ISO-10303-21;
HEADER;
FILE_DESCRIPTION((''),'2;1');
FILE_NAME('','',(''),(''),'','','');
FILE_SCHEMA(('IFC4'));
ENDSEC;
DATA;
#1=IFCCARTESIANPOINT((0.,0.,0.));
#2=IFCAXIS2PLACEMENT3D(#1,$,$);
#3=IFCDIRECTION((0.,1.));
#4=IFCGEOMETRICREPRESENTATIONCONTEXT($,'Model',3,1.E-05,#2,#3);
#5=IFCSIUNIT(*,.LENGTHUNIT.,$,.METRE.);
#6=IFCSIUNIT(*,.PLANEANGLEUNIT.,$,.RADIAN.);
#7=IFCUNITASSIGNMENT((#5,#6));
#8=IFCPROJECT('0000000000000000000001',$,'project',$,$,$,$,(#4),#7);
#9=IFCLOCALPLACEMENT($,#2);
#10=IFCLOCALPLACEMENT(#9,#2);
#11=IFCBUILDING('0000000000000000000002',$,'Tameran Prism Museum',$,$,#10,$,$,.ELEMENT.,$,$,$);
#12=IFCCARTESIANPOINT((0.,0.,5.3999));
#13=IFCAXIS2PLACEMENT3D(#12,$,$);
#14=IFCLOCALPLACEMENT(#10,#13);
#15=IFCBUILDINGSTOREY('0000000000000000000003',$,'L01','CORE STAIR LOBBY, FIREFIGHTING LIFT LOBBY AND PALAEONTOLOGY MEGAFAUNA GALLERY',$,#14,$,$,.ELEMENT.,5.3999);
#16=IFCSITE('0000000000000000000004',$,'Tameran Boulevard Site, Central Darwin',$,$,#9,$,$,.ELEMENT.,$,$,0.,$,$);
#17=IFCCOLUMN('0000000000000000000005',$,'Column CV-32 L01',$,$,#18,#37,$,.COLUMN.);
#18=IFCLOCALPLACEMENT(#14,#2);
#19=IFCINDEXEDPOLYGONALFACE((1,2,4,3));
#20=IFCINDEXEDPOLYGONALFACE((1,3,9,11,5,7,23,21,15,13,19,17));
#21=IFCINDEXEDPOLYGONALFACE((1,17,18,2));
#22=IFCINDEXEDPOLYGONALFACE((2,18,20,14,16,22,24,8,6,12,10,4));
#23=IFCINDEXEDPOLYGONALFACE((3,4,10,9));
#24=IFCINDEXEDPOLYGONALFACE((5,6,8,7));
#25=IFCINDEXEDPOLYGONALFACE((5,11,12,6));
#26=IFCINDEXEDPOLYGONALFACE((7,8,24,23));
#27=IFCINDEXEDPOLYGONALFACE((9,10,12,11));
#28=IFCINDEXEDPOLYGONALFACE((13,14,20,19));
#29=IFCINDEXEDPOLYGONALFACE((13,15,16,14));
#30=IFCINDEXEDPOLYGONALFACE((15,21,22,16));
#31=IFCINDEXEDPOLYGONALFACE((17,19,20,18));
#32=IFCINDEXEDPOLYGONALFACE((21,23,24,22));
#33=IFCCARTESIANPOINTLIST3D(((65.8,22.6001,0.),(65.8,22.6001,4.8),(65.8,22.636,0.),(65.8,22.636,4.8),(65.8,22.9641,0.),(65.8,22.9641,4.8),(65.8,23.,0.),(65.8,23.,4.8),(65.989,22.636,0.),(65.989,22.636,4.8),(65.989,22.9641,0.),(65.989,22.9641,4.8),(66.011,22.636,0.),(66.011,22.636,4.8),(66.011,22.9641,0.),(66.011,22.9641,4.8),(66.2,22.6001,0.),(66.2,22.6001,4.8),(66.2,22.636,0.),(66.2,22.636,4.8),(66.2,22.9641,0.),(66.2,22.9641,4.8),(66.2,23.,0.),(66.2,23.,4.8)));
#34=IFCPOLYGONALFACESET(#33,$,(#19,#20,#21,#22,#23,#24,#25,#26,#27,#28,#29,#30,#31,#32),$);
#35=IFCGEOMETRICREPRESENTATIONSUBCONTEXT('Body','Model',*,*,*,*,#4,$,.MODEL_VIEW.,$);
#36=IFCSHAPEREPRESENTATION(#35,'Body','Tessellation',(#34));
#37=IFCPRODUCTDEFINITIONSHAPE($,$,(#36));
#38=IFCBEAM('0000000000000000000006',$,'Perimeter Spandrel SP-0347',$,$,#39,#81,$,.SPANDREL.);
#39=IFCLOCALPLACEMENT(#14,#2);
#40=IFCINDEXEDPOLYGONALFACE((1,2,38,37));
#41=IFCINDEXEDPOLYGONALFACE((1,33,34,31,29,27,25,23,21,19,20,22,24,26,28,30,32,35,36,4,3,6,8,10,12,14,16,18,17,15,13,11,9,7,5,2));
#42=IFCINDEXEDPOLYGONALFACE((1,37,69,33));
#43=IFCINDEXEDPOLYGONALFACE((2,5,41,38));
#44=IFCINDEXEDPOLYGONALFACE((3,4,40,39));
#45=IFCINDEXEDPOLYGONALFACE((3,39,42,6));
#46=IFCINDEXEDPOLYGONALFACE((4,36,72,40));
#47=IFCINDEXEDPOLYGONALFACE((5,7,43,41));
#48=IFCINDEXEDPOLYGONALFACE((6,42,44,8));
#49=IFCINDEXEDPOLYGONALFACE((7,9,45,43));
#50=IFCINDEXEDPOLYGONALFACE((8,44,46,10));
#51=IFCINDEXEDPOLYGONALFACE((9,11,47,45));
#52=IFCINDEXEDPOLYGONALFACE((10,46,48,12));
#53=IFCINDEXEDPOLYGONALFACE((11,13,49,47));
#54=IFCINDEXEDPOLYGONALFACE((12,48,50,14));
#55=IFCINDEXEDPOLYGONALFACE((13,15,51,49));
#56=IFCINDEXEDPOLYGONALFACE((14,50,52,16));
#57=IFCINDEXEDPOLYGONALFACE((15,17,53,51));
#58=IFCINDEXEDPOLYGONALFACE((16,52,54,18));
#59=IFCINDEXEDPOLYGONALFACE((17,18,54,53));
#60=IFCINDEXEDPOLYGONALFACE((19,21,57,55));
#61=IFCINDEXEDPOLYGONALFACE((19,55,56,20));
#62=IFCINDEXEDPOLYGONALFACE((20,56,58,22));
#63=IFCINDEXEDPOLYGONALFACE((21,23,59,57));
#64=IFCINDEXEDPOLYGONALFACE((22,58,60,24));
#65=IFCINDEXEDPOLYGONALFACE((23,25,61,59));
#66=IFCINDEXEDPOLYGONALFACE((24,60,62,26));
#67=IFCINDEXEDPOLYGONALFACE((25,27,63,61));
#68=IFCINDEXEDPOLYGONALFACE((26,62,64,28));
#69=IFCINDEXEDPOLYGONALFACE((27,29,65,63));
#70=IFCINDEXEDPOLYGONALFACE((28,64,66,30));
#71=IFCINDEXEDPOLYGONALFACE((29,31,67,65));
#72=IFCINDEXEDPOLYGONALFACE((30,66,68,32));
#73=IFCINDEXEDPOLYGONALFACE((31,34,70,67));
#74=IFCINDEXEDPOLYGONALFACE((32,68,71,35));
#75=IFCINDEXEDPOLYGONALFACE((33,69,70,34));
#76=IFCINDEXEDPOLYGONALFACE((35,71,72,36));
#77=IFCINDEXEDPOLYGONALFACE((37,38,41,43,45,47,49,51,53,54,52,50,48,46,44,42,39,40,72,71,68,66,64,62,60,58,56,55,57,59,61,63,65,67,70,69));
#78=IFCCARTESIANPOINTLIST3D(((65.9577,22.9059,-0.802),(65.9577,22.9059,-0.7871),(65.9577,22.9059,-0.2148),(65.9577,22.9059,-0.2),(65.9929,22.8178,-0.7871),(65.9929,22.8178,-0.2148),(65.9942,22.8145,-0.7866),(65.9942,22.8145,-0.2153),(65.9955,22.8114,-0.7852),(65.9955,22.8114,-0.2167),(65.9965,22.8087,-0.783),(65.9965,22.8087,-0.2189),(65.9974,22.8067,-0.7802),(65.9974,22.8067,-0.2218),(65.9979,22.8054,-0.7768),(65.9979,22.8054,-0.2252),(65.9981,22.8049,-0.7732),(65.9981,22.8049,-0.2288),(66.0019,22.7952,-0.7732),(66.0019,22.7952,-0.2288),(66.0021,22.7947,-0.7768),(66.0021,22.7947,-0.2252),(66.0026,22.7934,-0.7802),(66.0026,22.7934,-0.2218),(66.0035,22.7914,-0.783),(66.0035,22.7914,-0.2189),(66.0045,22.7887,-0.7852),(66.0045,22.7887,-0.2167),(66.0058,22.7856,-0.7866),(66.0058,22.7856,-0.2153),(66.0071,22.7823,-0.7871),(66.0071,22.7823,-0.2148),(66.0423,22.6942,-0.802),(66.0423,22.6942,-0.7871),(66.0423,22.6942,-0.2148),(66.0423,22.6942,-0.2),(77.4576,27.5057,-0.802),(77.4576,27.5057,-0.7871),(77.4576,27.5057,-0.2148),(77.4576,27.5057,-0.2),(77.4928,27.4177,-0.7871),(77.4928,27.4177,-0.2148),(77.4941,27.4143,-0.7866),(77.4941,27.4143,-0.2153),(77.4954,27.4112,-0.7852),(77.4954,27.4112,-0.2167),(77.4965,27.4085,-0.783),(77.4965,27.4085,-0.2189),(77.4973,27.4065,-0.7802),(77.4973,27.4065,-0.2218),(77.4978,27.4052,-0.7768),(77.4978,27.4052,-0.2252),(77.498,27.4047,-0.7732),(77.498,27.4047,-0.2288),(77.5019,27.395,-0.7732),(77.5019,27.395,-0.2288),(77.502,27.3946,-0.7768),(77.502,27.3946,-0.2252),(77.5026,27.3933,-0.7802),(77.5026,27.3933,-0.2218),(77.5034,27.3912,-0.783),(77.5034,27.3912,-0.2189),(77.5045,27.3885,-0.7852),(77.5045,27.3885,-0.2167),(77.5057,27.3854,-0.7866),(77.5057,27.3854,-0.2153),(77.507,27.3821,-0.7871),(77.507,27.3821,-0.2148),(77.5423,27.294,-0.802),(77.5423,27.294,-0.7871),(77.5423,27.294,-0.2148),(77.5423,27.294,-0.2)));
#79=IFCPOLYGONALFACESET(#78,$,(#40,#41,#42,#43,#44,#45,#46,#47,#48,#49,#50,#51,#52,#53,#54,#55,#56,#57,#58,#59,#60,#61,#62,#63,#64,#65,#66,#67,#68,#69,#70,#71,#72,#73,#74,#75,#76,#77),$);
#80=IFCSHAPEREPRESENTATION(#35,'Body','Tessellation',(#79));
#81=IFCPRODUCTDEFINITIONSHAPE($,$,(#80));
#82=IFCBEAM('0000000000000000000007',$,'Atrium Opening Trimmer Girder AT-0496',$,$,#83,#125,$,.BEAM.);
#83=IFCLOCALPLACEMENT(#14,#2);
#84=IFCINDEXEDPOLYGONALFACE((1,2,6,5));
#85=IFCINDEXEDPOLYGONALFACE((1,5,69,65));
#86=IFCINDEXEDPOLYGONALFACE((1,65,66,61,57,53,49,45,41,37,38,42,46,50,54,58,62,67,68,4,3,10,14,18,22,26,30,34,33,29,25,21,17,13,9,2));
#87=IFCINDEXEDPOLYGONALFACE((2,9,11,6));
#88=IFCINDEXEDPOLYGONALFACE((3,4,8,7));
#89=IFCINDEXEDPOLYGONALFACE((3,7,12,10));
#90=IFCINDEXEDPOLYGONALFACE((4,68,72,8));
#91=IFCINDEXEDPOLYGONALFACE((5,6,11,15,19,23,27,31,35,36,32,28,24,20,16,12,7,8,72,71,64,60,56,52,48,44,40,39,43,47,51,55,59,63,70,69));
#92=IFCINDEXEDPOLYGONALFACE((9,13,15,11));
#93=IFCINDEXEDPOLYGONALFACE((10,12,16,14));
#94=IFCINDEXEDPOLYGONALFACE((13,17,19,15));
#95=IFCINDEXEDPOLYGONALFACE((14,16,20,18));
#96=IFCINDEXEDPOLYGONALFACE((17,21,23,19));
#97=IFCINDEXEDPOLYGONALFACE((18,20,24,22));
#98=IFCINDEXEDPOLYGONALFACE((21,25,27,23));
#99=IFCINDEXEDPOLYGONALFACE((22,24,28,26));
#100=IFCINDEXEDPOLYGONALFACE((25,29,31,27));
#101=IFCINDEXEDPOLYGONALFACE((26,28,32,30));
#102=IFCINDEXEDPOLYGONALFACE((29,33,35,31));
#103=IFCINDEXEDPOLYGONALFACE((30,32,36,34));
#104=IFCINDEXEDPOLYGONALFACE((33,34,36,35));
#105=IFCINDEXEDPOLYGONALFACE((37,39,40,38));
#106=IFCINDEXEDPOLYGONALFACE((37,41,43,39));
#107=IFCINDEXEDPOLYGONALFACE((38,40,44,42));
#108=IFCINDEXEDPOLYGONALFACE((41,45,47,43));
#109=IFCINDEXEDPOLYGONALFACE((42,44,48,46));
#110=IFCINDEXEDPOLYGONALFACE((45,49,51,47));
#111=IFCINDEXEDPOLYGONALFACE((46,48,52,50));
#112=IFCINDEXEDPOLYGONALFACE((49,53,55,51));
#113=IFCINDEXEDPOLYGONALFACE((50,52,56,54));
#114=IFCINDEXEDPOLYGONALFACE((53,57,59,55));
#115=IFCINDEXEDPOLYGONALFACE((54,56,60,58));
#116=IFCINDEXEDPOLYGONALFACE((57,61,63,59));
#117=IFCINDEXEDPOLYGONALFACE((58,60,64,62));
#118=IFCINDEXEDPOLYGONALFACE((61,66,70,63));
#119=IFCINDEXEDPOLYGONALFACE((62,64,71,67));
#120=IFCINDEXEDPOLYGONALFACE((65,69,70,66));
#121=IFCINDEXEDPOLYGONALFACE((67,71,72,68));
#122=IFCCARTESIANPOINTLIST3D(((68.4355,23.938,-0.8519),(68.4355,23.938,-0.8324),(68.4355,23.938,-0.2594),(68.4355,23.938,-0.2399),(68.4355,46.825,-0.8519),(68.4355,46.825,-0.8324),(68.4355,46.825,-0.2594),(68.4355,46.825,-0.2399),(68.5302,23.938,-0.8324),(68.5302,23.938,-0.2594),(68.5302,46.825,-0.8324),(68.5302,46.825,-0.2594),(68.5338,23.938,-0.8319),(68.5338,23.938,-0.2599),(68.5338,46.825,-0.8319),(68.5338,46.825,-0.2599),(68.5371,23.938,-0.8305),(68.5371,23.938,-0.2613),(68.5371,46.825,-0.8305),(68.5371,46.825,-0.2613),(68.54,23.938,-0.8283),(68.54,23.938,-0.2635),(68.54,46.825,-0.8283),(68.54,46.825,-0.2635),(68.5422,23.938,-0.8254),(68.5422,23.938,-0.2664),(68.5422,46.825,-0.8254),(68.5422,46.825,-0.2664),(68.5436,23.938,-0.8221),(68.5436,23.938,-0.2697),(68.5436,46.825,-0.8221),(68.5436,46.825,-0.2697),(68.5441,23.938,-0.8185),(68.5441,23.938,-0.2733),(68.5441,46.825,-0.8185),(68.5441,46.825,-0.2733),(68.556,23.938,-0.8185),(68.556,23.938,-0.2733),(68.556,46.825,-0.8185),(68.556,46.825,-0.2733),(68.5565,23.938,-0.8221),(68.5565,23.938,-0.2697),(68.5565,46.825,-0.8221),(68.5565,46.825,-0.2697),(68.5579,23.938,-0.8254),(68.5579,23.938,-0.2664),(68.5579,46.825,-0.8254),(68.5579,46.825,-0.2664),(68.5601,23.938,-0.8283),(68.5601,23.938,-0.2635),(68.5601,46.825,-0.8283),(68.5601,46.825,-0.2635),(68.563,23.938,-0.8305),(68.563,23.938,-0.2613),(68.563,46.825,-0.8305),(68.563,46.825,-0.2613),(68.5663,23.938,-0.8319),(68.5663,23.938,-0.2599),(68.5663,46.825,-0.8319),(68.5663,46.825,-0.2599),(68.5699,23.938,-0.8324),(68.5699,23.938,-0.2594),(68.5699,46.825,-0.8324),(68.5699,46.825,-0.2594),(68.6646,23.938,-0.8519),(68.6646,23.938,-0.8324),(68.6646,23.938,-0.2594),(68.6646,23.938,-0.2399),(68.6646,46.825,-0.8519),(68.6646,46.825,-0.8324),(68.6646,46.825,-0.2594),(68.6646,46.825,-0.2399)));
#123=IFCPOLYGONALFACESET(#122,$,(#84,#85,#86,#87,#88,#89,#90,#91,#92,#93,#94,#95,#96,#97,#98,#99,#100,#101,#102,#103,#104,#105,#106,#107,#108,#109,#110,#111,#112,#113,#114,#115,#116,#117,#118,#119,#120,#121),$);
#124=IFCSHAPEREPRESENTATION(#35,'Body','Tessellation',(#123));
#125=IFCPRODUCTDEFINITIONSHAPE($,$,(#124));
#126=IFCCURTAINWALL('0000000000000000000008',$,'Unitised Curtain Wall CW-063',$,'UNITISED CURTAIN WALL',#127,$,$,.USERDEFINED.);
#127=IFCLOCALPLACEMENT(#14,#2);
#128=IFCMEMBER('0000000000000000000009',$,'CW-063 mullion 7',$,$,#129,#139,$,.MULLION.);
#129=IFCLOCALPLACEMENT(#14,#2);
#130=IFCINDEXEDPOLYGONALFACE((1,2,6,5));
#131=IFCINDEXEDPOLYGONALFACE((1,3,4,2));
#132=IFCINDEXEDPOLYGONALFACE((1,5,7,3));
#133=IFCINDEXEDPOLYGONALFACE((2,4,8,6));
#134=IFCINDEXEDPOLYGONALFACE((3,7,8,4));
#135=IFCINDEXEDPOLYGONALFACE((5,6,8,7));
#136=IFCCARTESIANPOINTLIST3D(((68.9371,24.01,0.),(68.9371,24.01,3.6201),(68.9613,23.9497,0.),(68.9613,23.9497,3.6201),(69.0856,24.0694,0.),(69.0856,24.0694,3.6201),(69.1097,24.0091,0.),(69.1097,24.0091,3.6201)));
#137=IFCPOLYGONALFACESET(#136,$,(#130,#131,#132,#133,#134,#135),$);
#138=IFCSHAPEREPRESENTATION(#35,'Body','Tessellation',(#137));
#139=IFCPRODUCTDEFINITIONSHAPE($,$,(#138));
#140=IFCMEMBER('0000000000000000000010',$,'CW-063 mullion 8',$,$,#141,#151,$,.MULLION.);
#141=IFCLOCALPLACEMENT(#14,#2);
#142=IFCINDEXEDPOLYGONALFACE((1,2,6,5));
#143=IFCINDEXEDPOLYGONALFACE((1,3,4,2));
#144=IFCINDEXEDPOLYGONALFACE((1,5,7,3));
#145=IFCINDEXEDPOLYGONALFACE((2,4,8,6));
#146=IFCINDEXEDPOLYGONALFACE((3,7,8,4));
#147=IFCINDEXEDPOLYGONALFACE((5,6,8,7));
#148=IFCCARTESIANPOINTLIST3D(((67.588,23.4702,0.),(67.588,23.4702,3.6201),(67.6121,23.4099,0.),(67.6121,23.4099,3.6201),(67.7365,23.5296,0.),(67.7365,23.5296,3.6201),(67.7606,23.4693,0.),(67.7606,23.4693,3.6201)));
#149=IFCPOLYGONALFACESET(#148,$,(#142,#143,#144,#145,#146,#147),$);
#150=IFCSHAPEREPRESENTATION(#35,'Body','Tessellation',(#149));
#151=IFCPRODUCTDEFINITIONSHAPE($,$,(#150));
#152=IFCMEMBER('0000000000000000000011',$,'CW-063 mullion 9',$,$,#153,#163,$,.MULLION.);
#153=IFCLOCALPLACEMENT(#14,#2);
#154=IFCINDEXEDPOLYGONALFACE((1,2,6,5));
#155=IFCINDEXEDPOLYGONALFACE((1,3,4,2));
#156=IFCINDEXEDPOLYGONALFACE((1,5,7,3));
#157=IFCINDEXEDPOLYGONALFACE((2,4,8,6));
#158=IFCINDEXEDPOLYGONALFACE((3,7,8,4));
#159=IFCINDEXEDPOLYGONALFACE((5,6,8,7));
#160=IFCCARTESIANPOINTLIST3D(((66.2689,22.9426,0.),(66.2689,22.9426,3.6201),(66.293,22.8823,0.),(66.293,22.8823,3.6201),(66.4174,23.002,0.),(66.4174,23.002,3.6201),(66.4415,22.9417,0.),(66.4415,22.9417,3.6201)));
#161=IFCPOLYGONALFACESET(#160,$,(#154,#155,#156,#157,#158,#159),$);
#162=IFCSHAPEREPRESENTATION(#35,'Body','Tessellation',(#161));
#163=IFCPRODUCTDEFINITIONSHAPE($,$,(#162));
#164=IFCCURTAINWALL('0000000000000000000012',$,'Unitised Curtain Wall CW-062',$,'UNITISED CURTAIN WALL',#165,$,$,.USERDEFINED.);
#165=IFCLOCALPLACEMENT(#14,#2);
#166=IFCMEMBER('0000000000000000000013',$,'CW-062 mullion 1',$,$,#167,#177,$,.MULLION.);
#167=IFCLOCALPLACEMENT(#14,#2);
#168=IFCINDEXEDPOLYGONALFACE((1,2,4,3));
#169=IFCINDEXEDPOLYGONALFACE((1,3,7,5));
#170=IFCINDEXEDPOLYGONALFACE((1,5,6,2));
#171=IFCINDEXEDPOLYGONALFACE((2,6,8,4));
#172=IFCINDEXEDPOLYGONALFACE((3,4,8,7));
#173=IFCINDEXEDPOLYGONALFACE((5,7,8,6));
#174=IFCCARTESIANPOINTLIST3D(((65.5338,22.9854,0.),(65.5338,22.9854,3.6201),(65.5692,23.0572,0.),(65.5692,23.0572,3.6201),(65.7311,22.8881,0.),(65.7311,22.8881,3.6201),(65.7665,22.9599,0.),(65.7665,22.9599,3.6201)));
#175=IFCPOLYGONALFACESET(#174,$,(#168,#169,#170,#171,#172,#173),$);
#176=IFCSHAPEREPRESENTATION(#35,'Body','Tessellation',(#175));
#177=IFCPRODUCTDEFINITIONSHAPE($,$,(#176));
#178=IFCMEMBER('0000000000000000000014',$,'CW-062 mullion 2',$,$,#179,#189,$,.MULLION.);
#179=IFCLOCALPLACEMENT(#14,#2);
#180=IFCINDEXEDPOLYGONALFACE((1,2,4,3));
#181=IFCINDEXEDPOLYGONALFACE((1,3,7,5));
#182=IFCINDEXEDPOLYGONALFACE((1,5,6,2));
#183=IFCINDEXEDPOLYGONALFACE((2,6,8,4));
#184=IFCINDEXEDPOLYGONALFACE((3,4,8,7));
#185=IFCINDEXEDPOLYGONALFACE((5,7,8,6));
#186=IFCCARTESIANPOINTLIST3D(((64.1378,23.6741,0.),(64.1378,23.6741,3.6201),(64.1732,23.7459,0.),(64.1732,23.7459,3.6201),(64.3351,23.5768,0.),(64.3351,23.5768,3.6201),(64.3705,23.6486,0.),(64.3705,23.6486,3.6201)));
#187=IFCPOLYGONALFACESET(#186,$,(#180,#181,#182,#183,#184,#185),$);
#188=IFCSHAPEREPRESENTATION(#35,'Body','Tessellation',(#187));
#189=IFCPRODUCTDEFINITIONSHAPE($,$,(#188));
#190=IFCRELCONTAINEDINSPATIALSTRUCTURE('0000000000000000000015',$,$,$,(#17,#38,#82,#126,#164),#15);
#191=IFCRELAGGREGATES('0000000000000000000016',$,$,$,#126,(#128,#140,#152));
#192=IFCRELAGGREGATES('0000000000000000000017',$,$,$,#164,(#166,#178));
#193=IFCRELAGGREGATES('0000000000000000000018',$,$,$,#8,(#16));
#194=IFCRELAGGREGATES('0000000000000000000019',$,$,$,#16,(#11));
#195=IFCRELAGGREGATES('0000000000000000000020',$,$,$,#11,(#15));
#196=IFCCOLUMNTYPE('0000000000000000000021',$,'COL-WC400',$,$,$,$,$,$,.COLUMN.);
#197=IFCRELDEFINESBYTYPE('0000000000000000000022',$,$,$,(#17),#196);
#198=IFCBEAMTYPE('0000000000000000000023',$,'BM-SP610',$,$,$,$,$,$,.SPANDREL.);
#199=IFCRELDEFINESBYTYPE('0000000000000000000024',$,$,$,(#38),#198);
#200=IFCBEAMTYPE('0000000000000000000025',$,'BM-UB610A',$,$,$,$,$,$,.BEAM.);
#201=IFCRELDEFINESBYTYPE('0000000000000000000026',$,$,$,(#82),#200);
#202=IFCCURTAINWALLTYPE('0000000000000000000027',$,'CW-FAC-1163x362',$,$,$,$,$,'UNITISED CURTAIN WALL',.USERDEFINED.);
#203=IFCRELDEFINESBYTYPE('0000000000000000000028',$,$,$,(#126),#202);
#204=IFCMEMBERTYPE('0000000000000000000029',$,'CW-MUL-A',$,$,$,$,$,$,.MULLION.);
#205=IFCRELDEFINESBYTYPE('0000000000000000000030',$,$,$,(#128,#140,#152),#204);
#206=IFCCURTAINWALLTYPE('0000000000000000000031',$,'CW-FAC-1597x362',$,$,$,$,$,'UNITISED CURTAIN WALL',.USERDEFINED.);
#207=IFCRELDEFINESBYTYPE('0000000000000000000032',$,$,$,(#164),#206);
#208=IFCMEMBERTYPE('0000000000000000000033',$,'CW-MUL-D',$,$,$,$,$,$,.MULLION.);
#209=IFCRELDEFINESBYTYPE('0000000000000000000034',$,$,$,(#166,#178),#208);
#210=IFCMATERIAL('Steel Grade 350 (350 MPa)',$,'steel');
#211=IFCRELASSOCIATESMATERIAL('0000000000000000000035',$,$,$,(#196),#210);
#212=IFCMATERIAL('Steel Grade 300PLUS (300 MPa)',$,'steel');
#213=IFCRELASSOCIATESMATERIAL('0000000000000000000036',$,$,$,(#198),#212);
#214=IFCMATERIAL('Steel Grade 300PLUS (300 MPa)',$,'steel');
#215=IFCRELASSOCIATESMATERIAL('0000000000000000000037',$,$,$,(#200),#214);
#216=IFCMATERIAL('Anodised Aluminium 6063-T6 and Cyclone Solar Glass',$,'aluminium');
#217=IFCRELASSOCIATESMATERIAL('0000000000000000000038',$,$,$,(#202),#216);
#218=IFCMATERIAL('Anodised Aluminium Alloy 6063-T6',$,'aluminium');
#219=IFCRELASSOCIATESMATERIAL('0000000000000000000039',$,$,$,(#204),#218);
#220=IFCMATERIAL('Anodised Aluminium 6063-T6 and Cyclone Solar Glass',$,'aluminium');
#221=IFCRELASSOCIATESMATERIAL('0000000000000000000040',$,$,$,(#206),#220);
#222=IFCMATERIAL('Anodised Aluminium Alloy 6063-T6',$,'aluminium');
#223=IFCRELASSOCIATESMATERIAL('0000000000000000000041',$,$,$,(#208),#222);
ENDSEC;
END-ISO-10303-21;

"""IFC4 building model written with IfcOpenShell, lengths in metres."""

from ifc_helpers import new_model, si_unit, direction, frame, origin, origin_2d, place, context, subcontext, project, spatial, rectangle, i_section, extrude, material, material_profile, profile_set, type_object, element, aggregate, save


model = new_model("IFC4")

# Units and contexts
model_context = context("Model", 3, precision=1e-05, world=origin(), true_north=direction((0.0, 1.0)))
body_context = subcontext(model_context, "Body", "Model", "MODEL_VIEW")
ifc_project = project(units=[si_unit("LENGTHUNIT", "METRE"), si_unit("PLANEANGLEUNIT", "RADIAN")], contexts=[model_context])

# Site, building, storey
site_placement = place(None, origin())
site = spatial("IfcSite", under=ifc_project, at=site_placement, Name="Tameran Boulevard Site, Central Darwin", CompositionType="ELEMENT", RefElevation=0.0)
building_placement = place(site_placement, origin())
building = spatial("IfcBuilding", under=site, at=building_placement, Name="Tameran Prism Museum", CompositionType="ELEMENT")
storey_placement = place(building_placement, frame((0.0, 0.0, 5.3999)))
storey = spatial("IfcBuildingStorey", under=building, at=storey_placement, Name="L01", Description="CORE STAIR LOBBY, FIREFIGHTING LIFT LOBBY AND PALAEONTOLOGY MEGAFAUNA GALLERY", CompositionType="ELEMENT", Elevation=5.3999)

# Column
ifc_material_1 = material(Name="Steel Grade 350 (350 MPa)", Category="steel")
ifc_material_profile_1 = material_profile(ifc_material_1, i_section(OverallWidth=0.3999, OverallDepth=0.3999, WebThickness=0.022, FlangeThickness=0.0359, at=origin_2d()))
ifc_profile_set_1 = profile_set([ifc_material_profile_1])
column_type = type_object("IfcColumnType", Name="COL-WC400", PredefinedType="COLUMN", material=ifc_profile_set_1)
column_placement = place(storey_placement, frame((66.0, 22.8, 0.0), z_axis=(0.0, 0.0, 1.0), x_axis=(1.0, 0.0, 0.0)))
element("IfcColumn", 1, at=column_placement, inside=storey, type_object=column_type, Name="Column CV-32 L01", PredefinedType="COLUMN", context=body_context, shape_type="SweptSolid", body=[
    extrude(i_section(OverallWidth=0.3999, OverallDepth=0.3999, WebThickness=0.022, FlangeThickness=0.0359, at=origin_2d()), origin(), (0.0, 0.0, 1.0), 4.8),
])

# Beams
ifc_material_2 = material(Name="Steel Grade 300PLUS (300 MPa)", Category="steel")
ifc_material_profile_2 = material_profile(ifc_material_2, i_section(OverallWidth=0.228, OverallDepth=0.6021, WebThickness=0.0105, FlangeThickness=0.0149, FilletRadius=0.0139, at=origin_2d()))
ifc_profile_set_2 = profile_set([ifc_material_profile_2])
beam_type_1 = type_object("IfcBeamType", Name="BM-SP610", PredefinedType="SPANDREL", material=ifc_profile_set_2)
beam_1_placement = place(storey_placement, frame((66.0, 22.8, -0.501), z_axis=(0.928481, 0.37138, 0.0), x_axis=(-0.37138, 0.928481, 0.0)))
element("IfcBeam", 2, at=beam_1_placement, inside=storey, type_object=beam_type_1, Name="Perimeter Spandrel SP-0347", PredefinedType="SPANDREL", context=body_context, shape_type="SweptSolid", body=[
    extrude(i_section(OverallWidth=0.228, OverallDepth=0.6021, WebThickness=0.0105, FlangeThickness=0.0149, FilletRadius=0.0139, at=origin_2d()), origin(), (0.0, 0.0, 1.0), 12.3857),
])
ifc_material_3 = material(Name="Steel Grade 300PLUS (300 MPa)", Category="steel")
ifc_material_profile_3 = material_profile(ifc_material_3, i_section(OverallWidth=0.229, OverallDepth=0.6121, WebThickness=0.012, FlangeThickness=0.0195, FilletRadius=0.0139, at=origin_2d()))
ifc_profile_set_3 = profile_set([ifc_material_profile_3])
beam_type_2 = type_object("IfcBeamType", Name="BM-UB610A", PredefinedType="BEAM", material=ifc_profile_set_3)
beam_2_placement = place(storey_placement, frame((68.55, 23.938, -0.5459), z_axis=(0.0, 1.0, 0.0), x_axis=(-1.0, 0.0, 0.0)))
element("IfcBeam", 3, at=beam_2_placement, inside=storey, type_object=beam_type_2, Name="Atrium Opening Trimmer Girder AT-0496", PredefinedType="BEAM", context=body_context, shape_type="SweptSolid", body=[
    extrude(i_section(OverallWidth=0.229, OverallDepth=0.6121, WebThickness=0.012, FlangeThickness=0.0195, FilletRadius=0.0139, at=origin_2d()), origin(), (0.0, 0.0, 1.0), 22.887),
])

# Curtain walls, members
ifc_material_4 = material(Name="Anodised Aluminium 6063-T6 and Cyclone Solar Glass", Category="aluminium")
curtain_wall_type_1 = type_object("IfcCurtainWallType", Name="CW-FAC-1163x362", ElementType="UNITISED CURTAIN WALL", PredefinedType="USERDEFINED", material=ifc_material_4)
curtain_wall_1_placement = place(storey_placement, origin())
curtain_wall_1 = element("IfcCurtainWall", 4, at=curtain_wall_1_placement, inside=storey, type_object=curtain_wall_type_1, Name="Unitised Curtain Wall CW-063", ObjectType="UNITISED CURTAIN WALL", PredefinedType="USERDEFINED")
ifc_material_5 = material(Name="Anodised Aluminium Alloy 6063-T6", Category="aluminium")
ifc_material_profile_4 = material_profile(ifc_material_5, rectangle(XDim=0.0649, YDim=0.1599, at=origin_2d()))
ifc_profile_set_4 = profile_set([ifc_material_profile_4])
member_type_1 = type_object("IfcMemberType", Name="CW-MUL-A", PredefinedType="MULLION", material=ifc_profile_set_4)
member_1_placement = place(storey_placement, frame((69.0234, 24.0095, 0.0), z_axis=(0.0, 0.0, 1.0), x_axis=(0.37142, -0.928465, 0.0)))
member_1 = element("IfcMember", 5, at=member_1_placement, type_object=member_type_1, Name="CW-063 mullion 7", PredefinedType="MULLION", context=body_context, shape_type="SweptSolid", body=[
    extrude(rectangle(XDim=0.0649, YDim=0.1599, at=origin_2d()), origin(), (0.0, 0.0, 1.0), 3.6201),
])
member_2_placement = place(storey_placement, frame((67.6743, 23.4697, 0.0), z_axis=(0.0, 0.0, 1.0), x_axis=(0.37142, -0.928465, 0.0)))
member_2 = element("IfcMember", 6, at=member_2_placement, type_object=member_type_1, Name="CW-063 mullion 8", PredefinedType="MULLION", context=body_context, shape_type="SweptSolid", body=[
    extrude(rectangle(XDim=0.0649, YDim=0.1599, at=origin_2d()), origin(), (0.0, 0.0, 1.0), 3.6201),
])
member_3_placement = place(storey_placement, frame((66.3552, 22.9421, 0.0), z_axis=(0.0, 0.0, 1.0), x_axis=(0.37142, -0.928465, 0.0)))
member_3 = element("IfcMember", 7, at=member_3_placement, type_object=member_type_1, Name="CW-063 mullion 9", PredefinedType="MULLION", context=body_context, shape_type="SweptSolid", body=[
    extrude(rectangle(XDim=0.0649, YDim=0.1599, at=origin_2d()), origin(), (0.0, 0.0, 1.0), 3.6201),
])
ifc_material_6 = material(Name="Anodised Aluminium 6063-T6 and Cyclone Solar Glass", Category="aluminium")
curtain_wall_type_2 = type_object("IfcCurtainWallType", Name="CW-FAC-1597x362", ElementType="UNITISED CURTAIN WALL", PredefinedType="USERDEFINED", material=ifc_material_6)
curtain_wall_2_placement = place(storey_placement, origin())
curtain_wall_2 = element("IfcCurtainWall", 8, at=curtain_wall_2_placement, inside=storey, type_object=curtain_wall_type_2, Name="Unitised Curtain Wall CW-062", ObjectType="UNITISED CURTAIN WALL", PredefinedType="USERDEFINED")
ifc_material_7 = material(Name="Anodised Aluminium Alloy 6063-T6", Category="aluminium")
ifc_material_profile_5 = material_profile(ifc_material_7, rectangle(XDim=0.0801, YDim=0.22, at=origin_2d()))
ifc_profile_set_5 = profile_set([ifc_material_profile_5])
member_type_2 = type_object("IfcMemberType", Name="CW-MUL-D", PredefinedType="MULLION", material=ifc_profile_set_5)
member_4_placement = place(storey_placement, frame((65.6501, 22.9727, 0.0), z_axis=(0.0, 0.0, 1.0), x_axis=(-0.442397, -0.896819, 0.0)))
member_4 = element("IfcMember", 9, at=member_4_placement, type_object=member_type_2, Name="CW-062 mullion 1", PredefinedType="MULLION", context=body_context, shape_type="SweptSolid", body=[
    extrude(rectangle(XDim=0.0801, YDim=0.22, at=origin_2d()), origin(), (0.0, 0.0, 1.0), 3.6201),
])
member_5_placement = place(storey_placement, frame((64.2542, 23.6614, 0.0), z_axis=(0.0, 0.0, 1.0), x_axis=(-0.442397, -0.896819, 0.0)))
member_5 = element("IfcMember", 10, at=member_5_placement, type_object=member_type_2, Name="CW-062 mullion 2", PredefinedType="MULLION", context=body_context, shape_type="SweptSolid", body=[
    extrude(rectangle(XDim=0.0801, YDim=0.22, at=origin_2d()), origin(), (0.0, 0.0, 1.0), 3.6201),
])

aggregate(curtain_wall_1, [member_1, member_2, member_3])
aggregate(curtain_wall_2, [member_4, member_5])

save(model, "model.ifc")
